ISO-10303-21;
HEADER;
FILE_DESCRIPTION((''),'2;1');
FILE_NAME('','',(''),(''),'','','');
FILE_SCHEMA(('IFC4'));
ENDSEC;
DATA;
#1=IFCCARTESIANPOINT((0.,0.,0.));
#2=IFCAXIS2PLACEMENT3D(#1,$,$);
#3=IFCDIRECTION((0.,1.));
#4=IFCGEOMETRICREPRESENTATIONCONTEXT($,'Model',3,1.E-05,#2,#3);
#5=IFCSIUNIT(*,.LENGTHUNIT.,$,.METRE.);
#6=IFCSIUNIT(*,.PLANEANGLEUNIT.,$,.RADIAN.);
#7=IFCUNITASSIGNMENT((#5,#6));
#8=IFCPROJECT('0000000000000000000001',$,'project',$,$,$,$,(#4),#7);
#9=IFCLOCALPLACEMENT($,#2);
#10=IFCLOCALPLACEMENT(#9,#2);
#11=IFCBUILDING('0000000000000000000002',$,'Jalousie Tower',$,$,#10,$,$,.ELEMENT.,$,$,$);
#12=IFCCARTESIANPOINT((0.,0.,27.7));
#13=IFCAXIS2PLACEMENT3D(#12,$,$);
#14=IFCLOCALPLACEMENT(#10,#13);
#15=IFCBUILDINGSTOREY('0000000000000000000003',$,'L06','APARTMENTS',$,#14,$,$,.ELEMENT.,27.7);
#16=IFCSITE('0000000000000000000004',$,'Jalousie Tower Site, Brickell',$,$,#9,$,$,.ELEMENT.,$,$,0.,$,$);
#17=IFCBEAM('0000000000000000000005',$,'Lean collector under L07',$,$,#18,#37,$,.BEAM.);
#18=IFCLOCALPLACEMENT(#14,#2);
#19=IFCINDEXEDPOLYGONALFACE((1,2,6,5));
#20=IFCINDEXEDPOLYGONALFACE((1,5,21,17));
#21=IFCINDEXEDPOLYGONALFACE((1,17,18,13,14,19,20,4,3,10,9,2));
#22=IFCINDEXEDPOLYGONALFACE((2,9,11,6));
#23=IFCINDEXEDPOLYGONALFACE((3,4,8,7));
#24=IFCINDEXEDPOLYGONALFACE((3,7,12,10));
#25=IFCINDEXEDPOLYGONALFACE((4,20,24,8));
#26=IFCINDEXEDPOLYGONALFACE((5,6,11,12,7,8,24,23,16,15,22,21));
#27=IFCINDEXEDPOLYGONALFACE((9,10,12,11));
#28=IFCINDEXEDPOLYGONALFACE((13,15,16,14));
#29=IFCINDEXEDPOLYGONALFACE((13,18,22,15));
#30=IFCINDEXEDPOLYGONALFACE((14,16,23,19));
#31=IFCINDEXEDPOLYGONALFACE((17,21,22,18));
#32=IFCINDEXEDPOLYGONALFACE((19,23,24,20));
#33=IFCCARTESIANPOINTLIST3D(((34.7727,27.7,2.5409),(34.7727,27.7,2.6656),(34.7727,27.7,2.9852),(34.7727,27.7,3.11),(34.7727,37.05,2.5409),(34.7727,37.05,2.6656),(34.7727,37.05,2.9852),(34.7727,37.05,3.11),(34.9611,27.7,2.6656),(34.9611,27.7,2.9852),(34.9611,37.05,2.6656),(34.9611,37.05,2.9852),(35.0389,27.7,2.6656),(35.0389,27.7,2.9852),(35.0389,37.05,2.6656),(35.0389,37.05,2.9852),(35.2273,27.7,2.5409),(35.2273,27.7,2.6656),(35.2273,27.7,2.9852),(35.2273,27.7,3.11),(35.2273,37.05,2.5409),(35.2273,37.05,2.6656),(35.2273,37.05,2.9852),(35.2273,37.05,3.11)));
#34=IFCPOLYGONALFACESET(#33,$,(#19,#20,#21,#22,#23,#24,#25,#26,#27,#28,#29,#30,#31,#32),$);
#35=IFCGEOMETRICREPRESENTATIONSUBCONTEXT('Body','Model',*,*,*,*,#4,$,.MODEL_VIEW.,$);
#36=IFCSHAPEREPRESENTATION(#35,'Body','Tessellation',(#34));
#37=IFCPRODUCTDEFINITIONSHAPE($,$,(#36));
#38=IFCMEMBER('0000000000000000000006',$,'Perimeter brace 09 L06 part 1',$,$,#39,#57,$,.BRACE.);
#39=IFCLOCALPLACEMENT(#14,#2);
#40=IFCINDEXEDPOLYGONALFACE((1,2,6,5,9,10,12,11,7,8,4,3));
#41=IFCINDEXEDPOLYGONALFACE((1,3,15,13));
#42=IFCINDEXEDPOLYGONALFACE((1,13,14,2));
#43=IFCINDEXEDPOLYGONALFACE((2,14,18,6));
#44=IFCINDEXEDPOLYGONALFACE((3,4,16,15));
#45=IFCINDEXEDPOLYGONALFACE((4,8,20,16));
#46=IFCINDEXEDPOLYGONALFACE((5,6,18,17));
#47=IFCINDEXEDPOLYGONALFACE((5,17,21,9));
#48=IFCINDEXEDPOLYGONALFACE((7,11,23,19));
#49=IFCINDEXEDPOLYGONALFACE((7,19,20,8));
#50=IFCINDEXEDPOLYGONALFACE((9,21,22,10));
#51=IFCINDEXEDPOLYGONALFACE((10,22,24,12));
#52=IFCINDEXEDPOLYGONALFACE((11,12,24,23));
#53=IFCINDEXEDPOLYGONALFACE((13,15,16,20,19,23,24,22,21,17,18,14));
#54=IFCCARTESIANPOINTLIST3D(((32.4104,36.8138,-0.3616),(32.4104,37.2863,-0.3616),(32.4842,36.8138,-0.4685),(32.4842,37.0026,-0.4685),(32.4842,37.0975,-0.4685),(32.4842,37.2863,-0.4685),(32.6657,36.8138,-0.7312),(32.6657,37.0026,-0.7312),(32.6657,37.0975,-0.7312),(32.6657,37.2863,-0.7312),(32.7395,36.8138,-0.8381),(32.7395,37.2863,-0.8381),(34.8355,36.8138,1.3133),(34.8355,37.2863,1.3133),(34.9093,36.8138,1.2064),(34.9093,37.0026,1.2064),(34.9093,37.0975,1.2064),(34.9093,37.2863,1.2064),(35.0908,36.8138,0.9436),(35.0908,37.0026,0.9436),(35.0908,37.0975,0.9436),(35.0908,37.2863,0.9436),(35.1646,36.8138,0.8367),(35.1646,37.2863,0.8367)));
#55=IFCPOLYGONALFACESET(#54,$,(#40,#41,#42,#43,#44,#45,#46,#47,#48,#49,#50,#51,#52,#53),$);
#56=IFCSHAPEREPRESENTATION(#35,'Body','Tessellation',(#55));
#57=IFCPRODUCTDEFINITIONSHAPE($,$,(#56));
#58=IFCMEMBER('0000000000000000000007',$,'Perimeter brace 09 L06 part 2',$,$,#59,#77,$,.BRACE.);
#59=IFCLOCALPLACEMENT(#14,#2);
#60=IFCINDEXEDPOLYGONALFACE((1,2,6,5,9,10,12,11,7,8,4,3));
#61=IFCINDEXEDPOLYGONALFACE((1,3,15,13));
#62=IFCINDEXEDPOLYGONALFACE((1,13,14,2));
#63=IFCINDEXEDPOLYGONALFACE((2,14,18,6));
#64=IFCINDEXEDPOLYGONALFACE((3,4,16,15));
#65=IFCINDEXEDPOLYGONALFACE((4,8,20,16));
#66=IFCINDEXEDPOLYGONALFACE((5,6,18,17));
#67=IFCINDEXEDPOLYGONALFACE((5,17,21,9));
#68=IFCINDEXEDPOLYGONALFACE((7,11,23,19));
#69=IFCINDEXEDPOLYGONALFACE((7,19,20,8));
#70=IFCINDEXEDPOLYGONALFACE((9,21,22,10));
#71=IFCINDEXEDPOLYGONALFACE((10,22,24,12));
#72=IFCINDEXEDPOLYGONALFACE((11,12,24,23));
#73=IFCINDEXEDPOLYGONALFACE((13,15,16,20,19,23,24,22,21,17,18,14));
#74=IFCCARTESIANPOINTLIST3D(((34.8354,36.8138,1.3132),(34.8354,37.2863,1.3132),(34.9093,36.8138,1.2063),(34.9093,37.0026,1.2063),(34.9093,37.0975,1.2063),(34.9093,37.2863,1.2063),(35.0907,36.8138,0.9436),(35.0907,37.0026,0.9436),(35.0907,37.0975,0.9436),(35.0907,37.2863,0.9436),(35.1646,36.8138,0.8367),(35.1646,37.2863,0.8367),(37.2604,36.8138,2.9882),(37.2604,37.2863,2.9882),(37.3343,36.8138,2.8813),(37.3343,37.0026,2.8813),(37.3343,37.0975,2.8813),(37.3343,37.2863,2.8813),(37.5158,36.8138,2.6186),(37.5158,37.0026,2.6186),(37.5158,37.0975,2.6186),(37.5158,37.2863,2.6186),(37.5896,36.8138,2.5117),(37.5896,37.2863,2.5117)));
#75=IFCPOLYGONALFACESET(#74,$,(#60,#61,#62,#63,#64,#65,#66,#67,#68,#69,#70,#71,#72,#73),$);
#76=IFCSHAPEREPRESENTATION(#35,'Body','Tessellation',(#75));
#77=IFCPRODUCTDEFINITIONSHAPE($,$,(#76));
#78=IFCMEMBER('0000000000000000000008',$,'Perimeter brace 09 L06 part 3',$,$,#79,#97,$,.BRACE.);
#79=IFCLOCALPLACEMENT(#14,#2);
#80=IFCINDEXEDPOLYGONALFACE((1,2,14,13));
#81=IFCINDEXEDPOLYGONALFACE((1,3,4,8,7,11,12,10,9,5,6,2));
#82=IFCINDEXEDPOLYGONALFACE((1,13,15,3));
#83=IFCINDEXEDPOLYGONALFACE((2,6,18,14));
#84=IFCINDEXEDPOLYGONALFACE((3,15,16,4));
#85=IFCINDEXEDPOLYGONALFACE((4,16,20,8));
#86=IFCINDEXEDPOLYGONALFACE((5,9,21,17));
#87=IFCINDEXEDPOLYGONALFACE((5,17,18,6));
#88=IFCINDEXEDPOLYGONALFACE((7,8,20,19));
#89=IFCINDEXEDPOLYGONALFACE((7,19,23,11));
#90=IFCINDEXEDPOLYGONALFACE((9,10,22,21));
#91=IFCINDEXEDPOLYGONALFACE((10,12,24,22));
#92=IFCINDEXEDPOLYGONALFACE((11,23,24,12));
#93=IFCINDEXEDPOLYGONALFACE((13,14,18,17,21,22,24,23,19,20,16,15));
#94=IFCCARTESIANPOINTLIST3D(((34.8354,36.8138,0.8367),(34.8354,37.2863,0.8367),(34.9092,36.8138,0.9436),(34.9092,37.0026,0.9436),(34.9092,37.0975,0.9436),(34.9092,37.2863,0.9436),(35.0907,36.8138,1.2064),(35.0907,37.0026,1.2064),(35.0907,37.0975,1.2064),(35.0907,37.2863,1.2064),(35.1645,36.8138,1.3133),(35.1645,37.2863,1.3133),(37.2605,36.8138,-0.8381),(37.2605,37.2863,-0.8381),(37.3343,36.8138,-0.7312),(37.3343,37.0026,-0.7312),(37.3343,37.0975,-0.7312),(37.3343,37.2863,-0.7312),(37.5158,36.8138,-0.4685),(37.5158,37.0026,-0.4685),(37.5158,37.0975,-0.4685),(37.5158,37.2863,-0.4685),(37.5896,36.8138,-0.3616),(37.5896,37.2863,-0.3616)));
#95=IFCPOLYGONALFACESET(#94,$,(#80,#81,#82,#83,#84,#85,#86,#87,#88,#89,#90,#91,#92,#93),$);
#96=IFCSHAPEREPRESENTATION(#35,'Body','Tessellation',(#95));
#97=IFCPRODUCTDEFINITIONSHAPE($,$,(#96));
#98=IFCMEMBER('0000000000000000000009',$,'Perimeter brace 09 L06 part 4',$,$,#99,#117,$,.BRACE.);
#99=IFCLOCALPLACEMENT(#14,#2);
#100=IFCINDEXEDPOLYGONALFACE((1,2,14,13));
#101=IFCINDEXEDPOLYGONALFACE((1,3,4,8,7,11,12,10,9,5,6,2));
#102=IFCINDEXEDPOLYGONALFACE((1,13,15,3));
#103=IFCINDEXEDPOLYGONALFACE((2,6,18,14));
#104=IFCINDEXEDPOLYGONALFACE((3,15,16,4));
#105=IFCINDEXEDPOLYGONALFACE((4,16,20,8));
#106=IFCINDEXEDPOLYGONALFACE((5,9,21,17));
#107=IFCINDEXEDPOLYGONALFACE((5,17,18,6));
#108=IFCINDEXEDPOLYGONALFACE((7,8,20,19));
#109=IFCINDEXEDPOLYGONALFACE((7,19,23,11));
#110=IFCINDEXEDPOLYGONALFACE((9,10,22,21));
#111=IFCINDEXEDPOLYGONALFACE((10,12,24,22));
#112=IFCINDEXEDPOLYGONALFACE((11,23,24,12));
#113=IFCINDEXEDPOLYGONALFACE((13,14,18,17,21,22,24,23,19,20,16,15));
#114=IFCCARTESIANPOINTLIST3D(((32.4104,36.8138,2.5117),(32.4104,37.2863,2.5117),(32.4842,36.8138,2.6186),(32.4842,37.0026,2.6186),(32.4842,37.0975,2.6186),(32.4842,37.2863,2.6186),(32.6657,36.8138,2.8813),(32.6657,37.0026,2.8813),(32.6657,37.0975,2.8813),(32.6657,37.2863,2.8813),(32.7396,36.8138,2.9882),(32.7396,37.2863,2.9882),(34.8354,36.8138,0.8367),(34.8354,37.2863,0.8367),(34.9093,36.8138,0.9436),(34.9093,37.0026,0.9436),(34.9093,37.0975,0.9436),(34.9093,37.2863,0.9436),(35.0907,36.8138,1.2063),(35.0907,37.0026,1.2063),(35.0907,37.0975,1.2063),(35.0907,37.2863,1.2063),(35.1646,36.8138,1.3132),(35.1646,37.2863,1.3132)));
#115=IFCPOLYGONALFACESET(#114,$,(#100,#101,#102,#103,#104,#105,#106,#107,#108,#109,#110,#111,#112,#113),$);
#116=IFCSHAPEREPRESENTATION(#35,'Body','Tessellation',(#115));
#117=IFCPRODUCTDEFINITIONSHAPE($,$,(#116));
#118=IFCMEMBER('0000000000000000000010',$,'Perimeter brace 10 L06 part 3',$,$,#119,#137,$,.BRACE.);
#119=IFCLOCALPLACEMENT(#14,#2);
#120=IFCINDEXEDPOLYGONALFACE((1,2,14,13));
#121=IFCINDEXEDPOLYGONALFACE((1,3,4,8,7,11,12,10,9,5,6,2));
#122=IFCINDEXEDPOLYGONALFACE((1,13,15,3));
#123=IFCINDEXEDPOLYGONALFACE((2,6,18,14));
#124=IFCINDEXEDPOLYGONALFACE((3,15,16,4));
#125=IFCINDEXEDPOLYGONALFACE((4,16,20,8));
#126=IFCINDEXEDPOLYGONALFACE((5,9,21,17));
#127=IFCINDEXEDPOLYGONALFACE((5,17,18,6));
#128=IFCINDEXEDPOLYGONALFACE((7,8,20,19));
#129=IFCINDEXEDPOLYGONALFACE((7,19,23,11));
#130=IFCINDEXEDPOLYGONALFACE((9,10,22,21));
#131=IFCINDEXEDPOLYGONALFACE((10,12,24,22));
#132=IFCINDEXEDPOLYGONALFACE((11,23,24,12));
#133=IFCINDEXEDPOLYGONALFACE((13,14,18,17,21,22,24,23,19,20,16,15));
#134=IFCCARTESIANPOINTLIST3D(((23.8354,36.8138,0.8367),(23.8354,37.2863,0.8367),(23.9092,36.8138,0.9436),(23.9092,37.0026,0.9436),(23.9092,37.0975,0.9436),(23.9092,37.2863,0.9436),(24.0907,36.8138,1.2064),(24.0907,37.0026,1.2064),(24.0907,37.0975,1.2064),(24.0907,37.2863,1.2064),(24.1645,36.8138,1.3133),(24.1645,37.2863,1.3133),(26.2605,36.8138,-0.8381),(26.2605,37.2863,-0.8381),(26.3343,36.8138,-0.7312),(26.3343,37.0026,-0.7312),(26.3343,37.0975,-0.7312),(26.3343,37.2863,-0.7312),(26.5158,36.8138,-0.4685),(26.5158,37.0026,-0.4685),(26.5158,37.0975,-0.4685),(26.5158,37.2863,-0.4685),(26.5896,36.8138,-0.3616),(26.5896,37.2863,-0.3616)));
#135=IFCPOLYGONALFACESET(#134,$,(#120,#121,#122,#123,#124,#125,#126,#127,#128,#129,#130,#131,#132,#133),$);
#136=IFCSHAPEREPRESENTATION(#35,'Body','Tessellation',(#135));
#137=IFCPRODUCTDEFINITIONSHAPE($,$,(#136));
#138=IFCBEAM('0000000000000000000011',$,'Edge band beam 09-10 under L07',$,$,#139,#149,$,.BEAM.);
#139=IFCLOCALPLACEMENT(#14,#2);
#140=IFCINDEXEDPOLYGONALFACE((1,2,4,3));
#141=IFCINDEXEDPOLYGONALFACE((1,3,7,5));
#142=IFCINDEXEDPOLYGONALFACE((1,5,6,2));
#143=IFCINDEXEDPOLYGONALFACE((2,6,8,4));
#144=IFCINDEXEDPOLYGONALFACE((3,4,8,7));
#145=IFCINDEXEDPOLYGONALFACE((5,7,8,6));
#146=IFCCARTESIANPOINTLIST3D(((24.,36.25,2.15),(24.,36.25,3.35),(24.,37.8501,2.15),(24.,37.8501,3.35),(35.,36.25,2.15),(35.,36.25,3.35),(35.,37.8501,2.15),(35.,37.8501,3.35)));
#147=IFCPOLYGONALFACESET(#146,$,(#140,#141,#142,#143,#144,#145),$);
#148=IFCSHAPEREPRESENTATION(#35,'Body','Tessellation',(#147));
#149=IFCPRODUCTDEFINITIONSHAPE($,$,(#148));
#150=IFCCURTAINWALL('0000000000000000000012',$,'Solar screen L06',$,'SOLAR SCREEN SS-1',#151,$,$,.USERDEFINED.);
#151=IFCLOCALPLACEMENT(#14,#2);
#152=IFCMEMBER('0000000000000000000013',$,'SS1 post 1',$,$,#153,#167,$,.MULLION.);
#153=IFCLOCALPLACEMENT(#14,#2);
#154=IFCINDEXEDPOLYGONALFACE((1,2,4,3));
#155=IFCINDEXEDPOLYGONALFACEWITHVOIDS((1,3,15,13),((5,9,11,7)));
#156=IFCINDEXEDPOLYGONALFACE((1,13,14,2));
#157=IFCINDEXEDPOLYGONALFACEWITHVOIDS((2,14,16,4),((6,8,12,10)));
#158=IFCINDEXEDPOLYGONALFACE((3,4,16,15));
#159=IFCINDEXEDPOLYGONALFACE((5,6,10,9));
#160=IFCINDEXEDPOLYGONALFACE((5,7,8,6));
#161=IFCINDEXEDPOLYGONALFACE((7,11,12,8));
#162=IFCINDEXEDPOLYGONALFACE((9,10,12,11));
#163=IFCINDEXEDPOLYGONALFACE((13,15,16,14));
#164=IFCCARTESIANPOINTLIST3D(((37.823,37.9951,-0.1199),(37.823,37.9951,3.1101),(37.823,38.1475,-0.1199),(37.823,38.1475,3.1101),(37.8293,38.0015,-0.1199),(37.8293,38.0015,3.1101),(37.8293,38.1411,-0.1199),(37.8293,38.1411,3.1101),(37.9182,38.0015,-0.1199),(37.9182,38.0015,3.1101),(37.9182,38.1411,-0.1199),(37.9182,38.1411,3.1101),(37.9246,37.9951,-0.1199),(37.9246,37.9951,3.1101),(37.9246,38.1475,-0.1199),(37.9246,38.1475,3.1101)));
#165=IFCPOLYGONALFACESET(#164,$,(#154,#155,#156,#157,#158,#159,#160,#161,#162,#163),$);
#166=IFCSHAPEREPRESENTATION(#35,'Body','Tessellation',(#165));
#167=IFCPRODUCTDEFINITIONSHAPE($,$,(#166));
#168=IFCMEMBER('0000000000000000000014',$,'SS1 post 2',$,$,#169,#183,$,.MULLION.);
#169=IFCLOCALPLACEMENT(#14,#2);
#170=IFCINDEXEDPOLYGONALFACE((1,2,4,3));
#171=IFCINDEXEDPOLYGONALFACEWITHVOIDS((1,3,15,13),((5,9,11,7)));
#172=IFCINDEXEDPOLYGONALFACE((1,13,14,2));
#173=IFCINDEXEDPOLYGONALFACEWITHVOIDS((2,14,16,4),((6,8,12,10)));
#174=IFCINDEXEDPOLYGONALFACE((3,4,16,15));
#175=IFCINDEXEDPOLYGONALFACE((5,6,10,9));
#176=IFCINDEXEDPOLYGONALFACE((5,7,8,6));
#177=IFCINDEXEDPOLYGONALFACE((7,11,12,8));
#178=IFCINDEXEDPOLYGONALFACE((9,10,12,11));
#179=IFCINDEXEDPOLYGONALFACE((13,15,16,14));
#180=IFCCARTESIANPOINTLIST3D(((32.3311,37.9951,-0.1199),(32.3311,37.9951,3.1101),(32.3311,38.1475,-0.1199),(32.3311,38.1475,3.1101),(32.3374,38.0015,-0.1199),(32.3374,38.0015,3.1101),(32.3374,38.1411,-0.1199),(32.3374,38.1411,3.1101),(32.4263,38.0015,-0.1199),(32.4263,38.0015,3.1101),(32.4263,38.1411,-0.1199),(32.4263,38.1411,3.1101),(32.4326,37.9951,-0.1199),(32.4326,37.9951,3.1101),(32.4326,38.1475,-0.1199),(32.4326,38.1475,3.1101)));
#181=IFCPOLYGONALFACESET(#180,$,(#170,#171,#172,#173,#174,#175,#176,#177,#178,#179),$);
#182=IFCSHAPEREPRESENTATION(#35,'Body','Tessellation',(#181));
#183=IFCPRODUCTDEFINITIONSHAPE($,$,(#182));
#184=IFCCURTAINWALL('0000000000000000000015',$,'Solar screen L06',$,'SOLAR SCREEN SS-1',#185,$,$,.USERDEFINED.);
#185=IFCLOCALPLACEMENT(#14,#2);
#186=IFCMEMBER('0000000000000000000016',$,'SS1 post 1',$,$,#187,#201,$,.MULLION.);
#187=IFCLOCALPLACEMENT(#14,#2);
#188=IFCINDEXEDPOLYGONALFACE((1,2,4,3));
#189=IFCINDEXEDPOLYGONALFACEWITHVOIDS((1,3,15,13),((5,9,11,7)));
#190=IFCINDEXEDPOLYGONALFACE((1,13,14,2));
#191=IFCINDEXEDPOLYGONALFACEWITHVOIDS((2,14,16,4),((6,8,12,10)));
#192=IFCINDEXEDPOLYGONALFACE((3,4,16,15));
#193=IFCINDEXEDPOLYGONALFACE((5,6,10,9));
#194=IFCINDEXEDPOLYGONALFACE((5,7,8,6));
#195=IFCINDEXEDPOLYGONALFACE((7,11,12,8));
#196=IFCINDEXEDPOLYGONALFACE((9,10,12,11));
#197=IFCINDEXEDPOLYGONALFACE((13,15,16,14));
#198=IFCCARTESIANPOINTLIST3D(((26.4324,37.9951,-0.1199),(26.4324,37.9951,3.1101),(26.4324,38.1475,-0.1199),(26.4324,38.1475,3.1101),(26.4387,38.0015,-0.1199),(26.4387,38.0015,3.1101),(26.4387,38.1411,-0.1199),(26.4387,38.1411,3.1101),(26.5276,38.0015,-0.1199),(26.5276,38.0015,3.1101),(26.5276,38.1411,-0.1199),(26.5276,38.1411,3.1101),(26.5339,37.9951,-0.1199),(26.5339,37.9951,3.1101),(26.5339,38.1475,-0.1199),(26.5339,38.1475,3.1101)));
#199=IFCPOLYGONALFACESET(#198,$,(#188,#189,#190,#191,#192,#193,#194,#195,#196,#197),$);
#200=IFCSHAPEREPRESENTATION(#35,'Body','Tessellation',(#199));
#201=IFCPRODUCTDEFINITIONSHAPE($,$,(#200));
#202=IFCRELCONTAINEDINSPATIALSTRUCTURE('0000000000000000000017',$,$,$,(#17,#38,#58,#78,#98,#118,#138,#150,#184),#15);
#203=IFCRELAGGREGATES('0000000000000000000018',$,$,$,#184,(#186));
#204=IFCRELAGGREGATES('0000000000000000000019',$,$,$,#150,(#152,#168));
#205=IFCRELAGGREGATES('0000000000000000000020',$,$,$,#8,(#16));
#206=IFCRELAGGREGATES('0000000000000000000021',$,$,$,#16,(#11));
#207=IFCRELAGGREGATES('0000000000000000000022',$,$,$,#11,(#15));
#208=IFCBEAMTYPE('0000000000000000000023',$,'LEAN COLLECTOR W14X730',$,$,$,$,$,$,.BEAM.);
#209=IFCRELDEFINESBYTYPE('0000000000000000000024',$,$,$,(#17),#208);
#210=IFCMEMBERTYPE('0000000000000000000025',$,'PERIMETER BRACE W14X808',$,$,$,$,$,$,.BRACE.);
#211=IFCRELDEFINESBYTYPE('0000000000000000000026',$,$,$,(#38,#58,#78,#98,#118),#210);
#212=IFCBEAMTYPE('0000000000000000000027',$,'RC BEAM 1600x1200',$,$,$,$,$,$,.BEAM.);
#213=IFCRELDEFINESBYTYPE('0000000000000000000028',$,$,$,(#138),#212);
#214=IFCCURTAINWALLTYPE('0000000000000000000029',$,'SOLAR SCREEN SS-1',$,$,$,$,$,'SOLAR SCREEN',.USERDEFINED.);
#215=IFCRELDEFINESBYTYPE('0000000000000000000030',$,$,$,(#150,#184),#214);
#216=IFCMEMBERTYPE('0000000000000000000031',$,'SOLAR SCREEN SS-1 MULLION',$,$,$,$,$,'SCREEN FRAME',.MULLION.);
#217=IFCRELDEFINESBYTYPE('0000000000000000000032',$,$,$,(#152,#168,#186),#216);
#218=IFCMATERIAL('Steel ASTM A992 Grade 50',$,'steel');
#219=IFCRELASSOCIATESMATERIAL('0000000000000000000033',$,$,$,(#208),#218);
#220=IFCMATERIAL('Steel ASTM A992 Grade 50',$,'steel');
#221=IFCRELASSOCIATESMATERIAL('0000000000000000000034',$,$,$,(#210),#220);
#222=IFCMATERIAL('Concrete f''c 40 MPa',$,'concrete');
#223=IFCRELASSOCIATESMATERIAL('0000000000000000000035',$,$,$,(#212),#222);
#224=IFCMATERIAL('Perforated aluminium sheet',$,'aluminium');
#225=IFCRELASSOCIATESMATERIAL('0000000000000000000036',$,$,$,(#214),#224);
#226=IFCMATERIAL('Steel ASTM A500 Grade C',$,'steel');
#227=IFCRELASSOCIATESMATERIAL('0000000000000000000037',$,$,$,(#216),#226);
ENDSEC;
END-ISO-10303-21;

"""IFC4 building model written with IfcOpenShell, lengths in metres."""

from ifc_helpers import new_model, si_unit, direction, frame, origin, origin_2d, place, context, subcontext, project, spatial, rectangle, hollow_rectangle, i_section, extrude, material, material_profile, profile_set, type_object, element, aggregate, save


model = new_model("IFC4")

# Units and contexts
model_context = context("Model", 3, precision=1e-05, world=origin(), true_north=direction((0.0, 1.0)))
body_context = subcontext(model_context, "Body", "Model", "MODEL_VIEW")
ifc_project = project(units=[si_unit("LENGTHUNIT", "METRE"), si_unit("PLANEANGLEUNIT", "RADIAN")], contexts=[model_context])

# Site, building, storey
site_placement = place(None, origin())
site = spatial("IfcSite", under=ifc_project, at=site_placement, Name="Jalousie Tower Site, Brickell", CompositionType="ELEMENT", RefElevation=0.0)
building_placement = place(site_placement, origin())
building = spatial("IfcBuilding", under=site, at=building_placement, Name="Jalousie Tower", CompositionType="ELEMENT")
storey_placement = place(building_placement, frame((0.0, 0.0, 27.7)))
storey = spatial("IfcBuildingStorey", under=building, at=storey_placement, Name="L06", Description="APARTMENTS", CompositionType="ELEMENT", Elevation=27.7)

# Beam
ifc_material_1 = material(Name="Steel ASTM A992 Grade 50", Category="steel")
ifc_material_profile_1 = material_profile(ifc_material_1, i_section(OverallWidth=0.4546, OverallDepth=0.5691, WebThickness=0.0779, FlangeThickness=0.1248, at=origin_2d()), Name="W14X730")
ifc_profile_set_1 = profile_set([ifc_material_profile_1], Name="Steel ASTM A992 Grade 50")
beam_type_1 = type_object("IfcBeamType", Name="LEAN COLLECTOR W14X730", PredefinedType="BEAM", material=ifc_profile_set_1)
beam_1_placement = place(storey_placement, frame((35.0, 37.05, 2.8254), z_axis=(0.0, -1.0, 0.0), x_axis=(1.0, 0.0, 0.0)))
element("IfcBeam", 1, at=beam_1_placement, inside=storey, type_object=beam_type_1, Name="Lean collector under L07", PredefinedType="BEAM", context=body_context, shape_type="SweptSolid", body=[
    extrude(i_section(OverallWidth=0.4546, OverallDepth=0.5691, WebThickness=0.0779, FlangeThickness=0.1248, at=origin_2d()), origin(), (0.0, 0.0, 1.0), 9.3501),
])

# Members
ifc_material_2 = material(Name="Steel ASTM A992 Grade 50", Category="steel")
ifc_material_profile_2 = material_profile(ifc_material_2, i_section(OverallWidth=0.4724, OverallDepth=0.5791, WebThickness=0.095, FlangeThickness=0.1299, at=origin_2d()), Name="W14X808")
ifc_profile_set_2 = profile_set([ifc_material_profile_2], Name="Steel ASTM A992 Grade 50")
member_type_1 = type_object("IfcMemberType", Name="PERIMETER BRACE W14X808", PredefinedType="BRACE", material=ifc_profile_set_2)
for number, where, z_axis, x_axis, name in (
    (2, (32.575, 37.05, -0.5999), (0.822839, 0.0, 0.568275), (0.0, 1.0, 0.0), "Perimeter brace 09 L06 part 1"),
    (3, (35.0, 37.05, 1.075), (0.8228, 0.0, 0.568331), (0.0, 1.0, 0.0), "Perimeter brace 09 L06 part 2"),
    (4, (37.425, 37.05, -0.5999), (-0.822839, 0.0, 0.568275), (0.0, -1.0, 0.0), "Perimeter brace 09 L06 part 3"),
    (5, (35.0, 37.05, 1.075), (-0.8228, 0.0, 0.568331), (0.0, -1.0, 0.0), "Perimeter brace 09 L06 part 4"),
    (6, (26.425, 37.05, -0.5999), (-0.822839, 0.0, 0.568275), (0.0, -1.0, 0.0), "Perimeter brace 10 L06 part 3"),
):
    element("IfcMember", number, at=place(storey_placement, frame(where, z_axis=z_axis, x_axis=x_axis)), inside=storey, type_object=member_type_1, Name=name, PredefinedType="BRACE", context=body_context, shape_type="SweptSolid", body=[
        extrude(i_section(OverallWidth=0.4724, OverallDepth=0.5791, WebThickness=0.095, FlangeThickness=0.1299, at=origin_2d()), origin(), (0.0, 0.0, 1.0), 2.9473),
    ])

# Beam
ifc_material_3 = material(Name="Concrete f'c 40 MPa", Category="concrete")
ifc_material_profile_3 = material_profile(ifc_material_3, rectangle(XDim=1.6001, YDim=1.2, at=origin_2d()), Name="RC 1600x1200")
ifc_profile_set_3 = profile_set([ifc_material_profile_3], Name="Concrete f'c 40 MPa")
beam_type_2 = type_object("IfcBeamType", Name="RC BEAM 1600x1200", PredefinedType="BEAM", material=ifc_profile_set_3)
beam_2_placement = place(storey_placement, frame((35.0, 37.05, 2.75), z_axis=(-1.0, 0.0, 0.0), x_axis=(0.0, -1.0, 0.0)))
element("IfcBeam", 7, at=beam_2_placement, inside=storey, type_object=beam_type_2, Name="Edge band beam 09-10 under L07", PredefinedType="BEAM", context=body_context, shape_type="SweptSolid", body=[
    extrude(rectangle(XDim=1.6001, YDim=1.2, at=origin_2d()), origin(), (0.0, 0.0, 1.0), 11.0),
])

# Curtain wall, members
ifc_material_4 = material(Name="Perforated aluminium sheet", Category="aluminium")
curtain_wall_type = type_object("IfcCurtainWallType", Name="SOLAR SCREEN SS-1", ElementType="SOLAR SCREEN", PredefinedType="USERDEFINED", material=ifc_material_4)
curtain_wall_1_placement = place(storey_placement, origin())
curtain_wall_1 = element("IfcCurtainWall", 8, at=curtain_wall_1_placement, inside=storey, type_object=curtain_wall_type, Name="Solar screen L06", ObjectType="SOLAR SCREEN SS-1", PredefinedType="USERDEFINED")
ifc_material_5 = material(Name="Steel ASTM A500 Grade C", Category="steel")
ifc_material_profile_4 = material_profile(ifc_material_5, hollow_rectangle(XDim=0.1016, YDim=0.1523, WallThickness=0.0063, at=origin_2d()), Name="HSS6X4X1/4")
ifc_profile_set_4 = profile_set([ifc_material_profile_4], Name="Steel ASTM A500 Grade C")
member_type_2 = type_object("IfcMemberType", Name="SOLAR SCREEN SS-1 MULLION", ElementType="SCREEN FRAME", PredefinedType="MULLION", material=ifc_profile_set_4)
member_1_placement = place(storey_placement, frame((37.8738, 38.0713, -0.1199), z_axis=(0.0, 0.0, 1.0), x_axis=(-1.0, 0.0, 0.0)))
member_1 = element("IfcMember", 9, at=member_1_placement, type_object=member_type_2, Name="SS1 post 1", PredefinedType="MULLION", context=body_context, shape_type="SweptSolid", body=[
    extrude(hollow_rectangle(XDim=0.1016, YDim=0.1523, WallThickness=0.0063, at=origin_2d()), origin(), (0.0, 0.0, 1.0), 3.23),
])
member_2_placement = place(storey_placement, frame((32.3818, 38.0713, -0.1199), z_axis=(0.0, 0.0, 1.0), x_axis=(-1.0, 0.0, 0.0)))
member_2 = element("IfcMember", 10, at=member_2_placement, type_object=member_type_2, Name="SS1 post 2", PredefinedType="MULLION", context=body_context, shape_type="SweptSolid", body=[
    extrude(hollow_rectangle(XDim=0.1016, YDim=0.1523, WallThickness=0.0063, at=origin_2d()), origin(), (0.0, 0.0, 1.0), 3.23),
])

# Curtain wall, member
curtain_wall_2_placement = place(storey_placement, origin())
curtain_wall_2 = element("IfcCurtainWall", 11, at=curtain_wall_2_placement, inside=storey, type_object=curtain_wall_type, Name="Solar screen L06", ObjectType="SOLAR SCREEN SS-1", PredefinedType="USERDEFINED")
member_3_placement = place(storey_placement, frame((26.4832, 38.0713, -0.1199), z_axis=(0.0, 0.0, 1.0), x_axis=(-1.0, 0.0, 0.0)))
member_3 = element("IfcMember", 12, at=member_3_placement, type_object=member_type_2, Name="SS1 post 1", PredefinedType="MULLION", context=body_context, shape_type="SweptSolid", body=[
    extrude(hollow_rectangle(XDim=0.1016, YDim=0.1523, WallThickness=0.0063, at=origin_2d()), origin(), (0.0, 0.0, 1.0), 3.23),
])

aggregate(curtain_wall_2, [member_3])

aggregate(curtain_wall_1, [member_1, member_2])

save(model, "model.ifc")
